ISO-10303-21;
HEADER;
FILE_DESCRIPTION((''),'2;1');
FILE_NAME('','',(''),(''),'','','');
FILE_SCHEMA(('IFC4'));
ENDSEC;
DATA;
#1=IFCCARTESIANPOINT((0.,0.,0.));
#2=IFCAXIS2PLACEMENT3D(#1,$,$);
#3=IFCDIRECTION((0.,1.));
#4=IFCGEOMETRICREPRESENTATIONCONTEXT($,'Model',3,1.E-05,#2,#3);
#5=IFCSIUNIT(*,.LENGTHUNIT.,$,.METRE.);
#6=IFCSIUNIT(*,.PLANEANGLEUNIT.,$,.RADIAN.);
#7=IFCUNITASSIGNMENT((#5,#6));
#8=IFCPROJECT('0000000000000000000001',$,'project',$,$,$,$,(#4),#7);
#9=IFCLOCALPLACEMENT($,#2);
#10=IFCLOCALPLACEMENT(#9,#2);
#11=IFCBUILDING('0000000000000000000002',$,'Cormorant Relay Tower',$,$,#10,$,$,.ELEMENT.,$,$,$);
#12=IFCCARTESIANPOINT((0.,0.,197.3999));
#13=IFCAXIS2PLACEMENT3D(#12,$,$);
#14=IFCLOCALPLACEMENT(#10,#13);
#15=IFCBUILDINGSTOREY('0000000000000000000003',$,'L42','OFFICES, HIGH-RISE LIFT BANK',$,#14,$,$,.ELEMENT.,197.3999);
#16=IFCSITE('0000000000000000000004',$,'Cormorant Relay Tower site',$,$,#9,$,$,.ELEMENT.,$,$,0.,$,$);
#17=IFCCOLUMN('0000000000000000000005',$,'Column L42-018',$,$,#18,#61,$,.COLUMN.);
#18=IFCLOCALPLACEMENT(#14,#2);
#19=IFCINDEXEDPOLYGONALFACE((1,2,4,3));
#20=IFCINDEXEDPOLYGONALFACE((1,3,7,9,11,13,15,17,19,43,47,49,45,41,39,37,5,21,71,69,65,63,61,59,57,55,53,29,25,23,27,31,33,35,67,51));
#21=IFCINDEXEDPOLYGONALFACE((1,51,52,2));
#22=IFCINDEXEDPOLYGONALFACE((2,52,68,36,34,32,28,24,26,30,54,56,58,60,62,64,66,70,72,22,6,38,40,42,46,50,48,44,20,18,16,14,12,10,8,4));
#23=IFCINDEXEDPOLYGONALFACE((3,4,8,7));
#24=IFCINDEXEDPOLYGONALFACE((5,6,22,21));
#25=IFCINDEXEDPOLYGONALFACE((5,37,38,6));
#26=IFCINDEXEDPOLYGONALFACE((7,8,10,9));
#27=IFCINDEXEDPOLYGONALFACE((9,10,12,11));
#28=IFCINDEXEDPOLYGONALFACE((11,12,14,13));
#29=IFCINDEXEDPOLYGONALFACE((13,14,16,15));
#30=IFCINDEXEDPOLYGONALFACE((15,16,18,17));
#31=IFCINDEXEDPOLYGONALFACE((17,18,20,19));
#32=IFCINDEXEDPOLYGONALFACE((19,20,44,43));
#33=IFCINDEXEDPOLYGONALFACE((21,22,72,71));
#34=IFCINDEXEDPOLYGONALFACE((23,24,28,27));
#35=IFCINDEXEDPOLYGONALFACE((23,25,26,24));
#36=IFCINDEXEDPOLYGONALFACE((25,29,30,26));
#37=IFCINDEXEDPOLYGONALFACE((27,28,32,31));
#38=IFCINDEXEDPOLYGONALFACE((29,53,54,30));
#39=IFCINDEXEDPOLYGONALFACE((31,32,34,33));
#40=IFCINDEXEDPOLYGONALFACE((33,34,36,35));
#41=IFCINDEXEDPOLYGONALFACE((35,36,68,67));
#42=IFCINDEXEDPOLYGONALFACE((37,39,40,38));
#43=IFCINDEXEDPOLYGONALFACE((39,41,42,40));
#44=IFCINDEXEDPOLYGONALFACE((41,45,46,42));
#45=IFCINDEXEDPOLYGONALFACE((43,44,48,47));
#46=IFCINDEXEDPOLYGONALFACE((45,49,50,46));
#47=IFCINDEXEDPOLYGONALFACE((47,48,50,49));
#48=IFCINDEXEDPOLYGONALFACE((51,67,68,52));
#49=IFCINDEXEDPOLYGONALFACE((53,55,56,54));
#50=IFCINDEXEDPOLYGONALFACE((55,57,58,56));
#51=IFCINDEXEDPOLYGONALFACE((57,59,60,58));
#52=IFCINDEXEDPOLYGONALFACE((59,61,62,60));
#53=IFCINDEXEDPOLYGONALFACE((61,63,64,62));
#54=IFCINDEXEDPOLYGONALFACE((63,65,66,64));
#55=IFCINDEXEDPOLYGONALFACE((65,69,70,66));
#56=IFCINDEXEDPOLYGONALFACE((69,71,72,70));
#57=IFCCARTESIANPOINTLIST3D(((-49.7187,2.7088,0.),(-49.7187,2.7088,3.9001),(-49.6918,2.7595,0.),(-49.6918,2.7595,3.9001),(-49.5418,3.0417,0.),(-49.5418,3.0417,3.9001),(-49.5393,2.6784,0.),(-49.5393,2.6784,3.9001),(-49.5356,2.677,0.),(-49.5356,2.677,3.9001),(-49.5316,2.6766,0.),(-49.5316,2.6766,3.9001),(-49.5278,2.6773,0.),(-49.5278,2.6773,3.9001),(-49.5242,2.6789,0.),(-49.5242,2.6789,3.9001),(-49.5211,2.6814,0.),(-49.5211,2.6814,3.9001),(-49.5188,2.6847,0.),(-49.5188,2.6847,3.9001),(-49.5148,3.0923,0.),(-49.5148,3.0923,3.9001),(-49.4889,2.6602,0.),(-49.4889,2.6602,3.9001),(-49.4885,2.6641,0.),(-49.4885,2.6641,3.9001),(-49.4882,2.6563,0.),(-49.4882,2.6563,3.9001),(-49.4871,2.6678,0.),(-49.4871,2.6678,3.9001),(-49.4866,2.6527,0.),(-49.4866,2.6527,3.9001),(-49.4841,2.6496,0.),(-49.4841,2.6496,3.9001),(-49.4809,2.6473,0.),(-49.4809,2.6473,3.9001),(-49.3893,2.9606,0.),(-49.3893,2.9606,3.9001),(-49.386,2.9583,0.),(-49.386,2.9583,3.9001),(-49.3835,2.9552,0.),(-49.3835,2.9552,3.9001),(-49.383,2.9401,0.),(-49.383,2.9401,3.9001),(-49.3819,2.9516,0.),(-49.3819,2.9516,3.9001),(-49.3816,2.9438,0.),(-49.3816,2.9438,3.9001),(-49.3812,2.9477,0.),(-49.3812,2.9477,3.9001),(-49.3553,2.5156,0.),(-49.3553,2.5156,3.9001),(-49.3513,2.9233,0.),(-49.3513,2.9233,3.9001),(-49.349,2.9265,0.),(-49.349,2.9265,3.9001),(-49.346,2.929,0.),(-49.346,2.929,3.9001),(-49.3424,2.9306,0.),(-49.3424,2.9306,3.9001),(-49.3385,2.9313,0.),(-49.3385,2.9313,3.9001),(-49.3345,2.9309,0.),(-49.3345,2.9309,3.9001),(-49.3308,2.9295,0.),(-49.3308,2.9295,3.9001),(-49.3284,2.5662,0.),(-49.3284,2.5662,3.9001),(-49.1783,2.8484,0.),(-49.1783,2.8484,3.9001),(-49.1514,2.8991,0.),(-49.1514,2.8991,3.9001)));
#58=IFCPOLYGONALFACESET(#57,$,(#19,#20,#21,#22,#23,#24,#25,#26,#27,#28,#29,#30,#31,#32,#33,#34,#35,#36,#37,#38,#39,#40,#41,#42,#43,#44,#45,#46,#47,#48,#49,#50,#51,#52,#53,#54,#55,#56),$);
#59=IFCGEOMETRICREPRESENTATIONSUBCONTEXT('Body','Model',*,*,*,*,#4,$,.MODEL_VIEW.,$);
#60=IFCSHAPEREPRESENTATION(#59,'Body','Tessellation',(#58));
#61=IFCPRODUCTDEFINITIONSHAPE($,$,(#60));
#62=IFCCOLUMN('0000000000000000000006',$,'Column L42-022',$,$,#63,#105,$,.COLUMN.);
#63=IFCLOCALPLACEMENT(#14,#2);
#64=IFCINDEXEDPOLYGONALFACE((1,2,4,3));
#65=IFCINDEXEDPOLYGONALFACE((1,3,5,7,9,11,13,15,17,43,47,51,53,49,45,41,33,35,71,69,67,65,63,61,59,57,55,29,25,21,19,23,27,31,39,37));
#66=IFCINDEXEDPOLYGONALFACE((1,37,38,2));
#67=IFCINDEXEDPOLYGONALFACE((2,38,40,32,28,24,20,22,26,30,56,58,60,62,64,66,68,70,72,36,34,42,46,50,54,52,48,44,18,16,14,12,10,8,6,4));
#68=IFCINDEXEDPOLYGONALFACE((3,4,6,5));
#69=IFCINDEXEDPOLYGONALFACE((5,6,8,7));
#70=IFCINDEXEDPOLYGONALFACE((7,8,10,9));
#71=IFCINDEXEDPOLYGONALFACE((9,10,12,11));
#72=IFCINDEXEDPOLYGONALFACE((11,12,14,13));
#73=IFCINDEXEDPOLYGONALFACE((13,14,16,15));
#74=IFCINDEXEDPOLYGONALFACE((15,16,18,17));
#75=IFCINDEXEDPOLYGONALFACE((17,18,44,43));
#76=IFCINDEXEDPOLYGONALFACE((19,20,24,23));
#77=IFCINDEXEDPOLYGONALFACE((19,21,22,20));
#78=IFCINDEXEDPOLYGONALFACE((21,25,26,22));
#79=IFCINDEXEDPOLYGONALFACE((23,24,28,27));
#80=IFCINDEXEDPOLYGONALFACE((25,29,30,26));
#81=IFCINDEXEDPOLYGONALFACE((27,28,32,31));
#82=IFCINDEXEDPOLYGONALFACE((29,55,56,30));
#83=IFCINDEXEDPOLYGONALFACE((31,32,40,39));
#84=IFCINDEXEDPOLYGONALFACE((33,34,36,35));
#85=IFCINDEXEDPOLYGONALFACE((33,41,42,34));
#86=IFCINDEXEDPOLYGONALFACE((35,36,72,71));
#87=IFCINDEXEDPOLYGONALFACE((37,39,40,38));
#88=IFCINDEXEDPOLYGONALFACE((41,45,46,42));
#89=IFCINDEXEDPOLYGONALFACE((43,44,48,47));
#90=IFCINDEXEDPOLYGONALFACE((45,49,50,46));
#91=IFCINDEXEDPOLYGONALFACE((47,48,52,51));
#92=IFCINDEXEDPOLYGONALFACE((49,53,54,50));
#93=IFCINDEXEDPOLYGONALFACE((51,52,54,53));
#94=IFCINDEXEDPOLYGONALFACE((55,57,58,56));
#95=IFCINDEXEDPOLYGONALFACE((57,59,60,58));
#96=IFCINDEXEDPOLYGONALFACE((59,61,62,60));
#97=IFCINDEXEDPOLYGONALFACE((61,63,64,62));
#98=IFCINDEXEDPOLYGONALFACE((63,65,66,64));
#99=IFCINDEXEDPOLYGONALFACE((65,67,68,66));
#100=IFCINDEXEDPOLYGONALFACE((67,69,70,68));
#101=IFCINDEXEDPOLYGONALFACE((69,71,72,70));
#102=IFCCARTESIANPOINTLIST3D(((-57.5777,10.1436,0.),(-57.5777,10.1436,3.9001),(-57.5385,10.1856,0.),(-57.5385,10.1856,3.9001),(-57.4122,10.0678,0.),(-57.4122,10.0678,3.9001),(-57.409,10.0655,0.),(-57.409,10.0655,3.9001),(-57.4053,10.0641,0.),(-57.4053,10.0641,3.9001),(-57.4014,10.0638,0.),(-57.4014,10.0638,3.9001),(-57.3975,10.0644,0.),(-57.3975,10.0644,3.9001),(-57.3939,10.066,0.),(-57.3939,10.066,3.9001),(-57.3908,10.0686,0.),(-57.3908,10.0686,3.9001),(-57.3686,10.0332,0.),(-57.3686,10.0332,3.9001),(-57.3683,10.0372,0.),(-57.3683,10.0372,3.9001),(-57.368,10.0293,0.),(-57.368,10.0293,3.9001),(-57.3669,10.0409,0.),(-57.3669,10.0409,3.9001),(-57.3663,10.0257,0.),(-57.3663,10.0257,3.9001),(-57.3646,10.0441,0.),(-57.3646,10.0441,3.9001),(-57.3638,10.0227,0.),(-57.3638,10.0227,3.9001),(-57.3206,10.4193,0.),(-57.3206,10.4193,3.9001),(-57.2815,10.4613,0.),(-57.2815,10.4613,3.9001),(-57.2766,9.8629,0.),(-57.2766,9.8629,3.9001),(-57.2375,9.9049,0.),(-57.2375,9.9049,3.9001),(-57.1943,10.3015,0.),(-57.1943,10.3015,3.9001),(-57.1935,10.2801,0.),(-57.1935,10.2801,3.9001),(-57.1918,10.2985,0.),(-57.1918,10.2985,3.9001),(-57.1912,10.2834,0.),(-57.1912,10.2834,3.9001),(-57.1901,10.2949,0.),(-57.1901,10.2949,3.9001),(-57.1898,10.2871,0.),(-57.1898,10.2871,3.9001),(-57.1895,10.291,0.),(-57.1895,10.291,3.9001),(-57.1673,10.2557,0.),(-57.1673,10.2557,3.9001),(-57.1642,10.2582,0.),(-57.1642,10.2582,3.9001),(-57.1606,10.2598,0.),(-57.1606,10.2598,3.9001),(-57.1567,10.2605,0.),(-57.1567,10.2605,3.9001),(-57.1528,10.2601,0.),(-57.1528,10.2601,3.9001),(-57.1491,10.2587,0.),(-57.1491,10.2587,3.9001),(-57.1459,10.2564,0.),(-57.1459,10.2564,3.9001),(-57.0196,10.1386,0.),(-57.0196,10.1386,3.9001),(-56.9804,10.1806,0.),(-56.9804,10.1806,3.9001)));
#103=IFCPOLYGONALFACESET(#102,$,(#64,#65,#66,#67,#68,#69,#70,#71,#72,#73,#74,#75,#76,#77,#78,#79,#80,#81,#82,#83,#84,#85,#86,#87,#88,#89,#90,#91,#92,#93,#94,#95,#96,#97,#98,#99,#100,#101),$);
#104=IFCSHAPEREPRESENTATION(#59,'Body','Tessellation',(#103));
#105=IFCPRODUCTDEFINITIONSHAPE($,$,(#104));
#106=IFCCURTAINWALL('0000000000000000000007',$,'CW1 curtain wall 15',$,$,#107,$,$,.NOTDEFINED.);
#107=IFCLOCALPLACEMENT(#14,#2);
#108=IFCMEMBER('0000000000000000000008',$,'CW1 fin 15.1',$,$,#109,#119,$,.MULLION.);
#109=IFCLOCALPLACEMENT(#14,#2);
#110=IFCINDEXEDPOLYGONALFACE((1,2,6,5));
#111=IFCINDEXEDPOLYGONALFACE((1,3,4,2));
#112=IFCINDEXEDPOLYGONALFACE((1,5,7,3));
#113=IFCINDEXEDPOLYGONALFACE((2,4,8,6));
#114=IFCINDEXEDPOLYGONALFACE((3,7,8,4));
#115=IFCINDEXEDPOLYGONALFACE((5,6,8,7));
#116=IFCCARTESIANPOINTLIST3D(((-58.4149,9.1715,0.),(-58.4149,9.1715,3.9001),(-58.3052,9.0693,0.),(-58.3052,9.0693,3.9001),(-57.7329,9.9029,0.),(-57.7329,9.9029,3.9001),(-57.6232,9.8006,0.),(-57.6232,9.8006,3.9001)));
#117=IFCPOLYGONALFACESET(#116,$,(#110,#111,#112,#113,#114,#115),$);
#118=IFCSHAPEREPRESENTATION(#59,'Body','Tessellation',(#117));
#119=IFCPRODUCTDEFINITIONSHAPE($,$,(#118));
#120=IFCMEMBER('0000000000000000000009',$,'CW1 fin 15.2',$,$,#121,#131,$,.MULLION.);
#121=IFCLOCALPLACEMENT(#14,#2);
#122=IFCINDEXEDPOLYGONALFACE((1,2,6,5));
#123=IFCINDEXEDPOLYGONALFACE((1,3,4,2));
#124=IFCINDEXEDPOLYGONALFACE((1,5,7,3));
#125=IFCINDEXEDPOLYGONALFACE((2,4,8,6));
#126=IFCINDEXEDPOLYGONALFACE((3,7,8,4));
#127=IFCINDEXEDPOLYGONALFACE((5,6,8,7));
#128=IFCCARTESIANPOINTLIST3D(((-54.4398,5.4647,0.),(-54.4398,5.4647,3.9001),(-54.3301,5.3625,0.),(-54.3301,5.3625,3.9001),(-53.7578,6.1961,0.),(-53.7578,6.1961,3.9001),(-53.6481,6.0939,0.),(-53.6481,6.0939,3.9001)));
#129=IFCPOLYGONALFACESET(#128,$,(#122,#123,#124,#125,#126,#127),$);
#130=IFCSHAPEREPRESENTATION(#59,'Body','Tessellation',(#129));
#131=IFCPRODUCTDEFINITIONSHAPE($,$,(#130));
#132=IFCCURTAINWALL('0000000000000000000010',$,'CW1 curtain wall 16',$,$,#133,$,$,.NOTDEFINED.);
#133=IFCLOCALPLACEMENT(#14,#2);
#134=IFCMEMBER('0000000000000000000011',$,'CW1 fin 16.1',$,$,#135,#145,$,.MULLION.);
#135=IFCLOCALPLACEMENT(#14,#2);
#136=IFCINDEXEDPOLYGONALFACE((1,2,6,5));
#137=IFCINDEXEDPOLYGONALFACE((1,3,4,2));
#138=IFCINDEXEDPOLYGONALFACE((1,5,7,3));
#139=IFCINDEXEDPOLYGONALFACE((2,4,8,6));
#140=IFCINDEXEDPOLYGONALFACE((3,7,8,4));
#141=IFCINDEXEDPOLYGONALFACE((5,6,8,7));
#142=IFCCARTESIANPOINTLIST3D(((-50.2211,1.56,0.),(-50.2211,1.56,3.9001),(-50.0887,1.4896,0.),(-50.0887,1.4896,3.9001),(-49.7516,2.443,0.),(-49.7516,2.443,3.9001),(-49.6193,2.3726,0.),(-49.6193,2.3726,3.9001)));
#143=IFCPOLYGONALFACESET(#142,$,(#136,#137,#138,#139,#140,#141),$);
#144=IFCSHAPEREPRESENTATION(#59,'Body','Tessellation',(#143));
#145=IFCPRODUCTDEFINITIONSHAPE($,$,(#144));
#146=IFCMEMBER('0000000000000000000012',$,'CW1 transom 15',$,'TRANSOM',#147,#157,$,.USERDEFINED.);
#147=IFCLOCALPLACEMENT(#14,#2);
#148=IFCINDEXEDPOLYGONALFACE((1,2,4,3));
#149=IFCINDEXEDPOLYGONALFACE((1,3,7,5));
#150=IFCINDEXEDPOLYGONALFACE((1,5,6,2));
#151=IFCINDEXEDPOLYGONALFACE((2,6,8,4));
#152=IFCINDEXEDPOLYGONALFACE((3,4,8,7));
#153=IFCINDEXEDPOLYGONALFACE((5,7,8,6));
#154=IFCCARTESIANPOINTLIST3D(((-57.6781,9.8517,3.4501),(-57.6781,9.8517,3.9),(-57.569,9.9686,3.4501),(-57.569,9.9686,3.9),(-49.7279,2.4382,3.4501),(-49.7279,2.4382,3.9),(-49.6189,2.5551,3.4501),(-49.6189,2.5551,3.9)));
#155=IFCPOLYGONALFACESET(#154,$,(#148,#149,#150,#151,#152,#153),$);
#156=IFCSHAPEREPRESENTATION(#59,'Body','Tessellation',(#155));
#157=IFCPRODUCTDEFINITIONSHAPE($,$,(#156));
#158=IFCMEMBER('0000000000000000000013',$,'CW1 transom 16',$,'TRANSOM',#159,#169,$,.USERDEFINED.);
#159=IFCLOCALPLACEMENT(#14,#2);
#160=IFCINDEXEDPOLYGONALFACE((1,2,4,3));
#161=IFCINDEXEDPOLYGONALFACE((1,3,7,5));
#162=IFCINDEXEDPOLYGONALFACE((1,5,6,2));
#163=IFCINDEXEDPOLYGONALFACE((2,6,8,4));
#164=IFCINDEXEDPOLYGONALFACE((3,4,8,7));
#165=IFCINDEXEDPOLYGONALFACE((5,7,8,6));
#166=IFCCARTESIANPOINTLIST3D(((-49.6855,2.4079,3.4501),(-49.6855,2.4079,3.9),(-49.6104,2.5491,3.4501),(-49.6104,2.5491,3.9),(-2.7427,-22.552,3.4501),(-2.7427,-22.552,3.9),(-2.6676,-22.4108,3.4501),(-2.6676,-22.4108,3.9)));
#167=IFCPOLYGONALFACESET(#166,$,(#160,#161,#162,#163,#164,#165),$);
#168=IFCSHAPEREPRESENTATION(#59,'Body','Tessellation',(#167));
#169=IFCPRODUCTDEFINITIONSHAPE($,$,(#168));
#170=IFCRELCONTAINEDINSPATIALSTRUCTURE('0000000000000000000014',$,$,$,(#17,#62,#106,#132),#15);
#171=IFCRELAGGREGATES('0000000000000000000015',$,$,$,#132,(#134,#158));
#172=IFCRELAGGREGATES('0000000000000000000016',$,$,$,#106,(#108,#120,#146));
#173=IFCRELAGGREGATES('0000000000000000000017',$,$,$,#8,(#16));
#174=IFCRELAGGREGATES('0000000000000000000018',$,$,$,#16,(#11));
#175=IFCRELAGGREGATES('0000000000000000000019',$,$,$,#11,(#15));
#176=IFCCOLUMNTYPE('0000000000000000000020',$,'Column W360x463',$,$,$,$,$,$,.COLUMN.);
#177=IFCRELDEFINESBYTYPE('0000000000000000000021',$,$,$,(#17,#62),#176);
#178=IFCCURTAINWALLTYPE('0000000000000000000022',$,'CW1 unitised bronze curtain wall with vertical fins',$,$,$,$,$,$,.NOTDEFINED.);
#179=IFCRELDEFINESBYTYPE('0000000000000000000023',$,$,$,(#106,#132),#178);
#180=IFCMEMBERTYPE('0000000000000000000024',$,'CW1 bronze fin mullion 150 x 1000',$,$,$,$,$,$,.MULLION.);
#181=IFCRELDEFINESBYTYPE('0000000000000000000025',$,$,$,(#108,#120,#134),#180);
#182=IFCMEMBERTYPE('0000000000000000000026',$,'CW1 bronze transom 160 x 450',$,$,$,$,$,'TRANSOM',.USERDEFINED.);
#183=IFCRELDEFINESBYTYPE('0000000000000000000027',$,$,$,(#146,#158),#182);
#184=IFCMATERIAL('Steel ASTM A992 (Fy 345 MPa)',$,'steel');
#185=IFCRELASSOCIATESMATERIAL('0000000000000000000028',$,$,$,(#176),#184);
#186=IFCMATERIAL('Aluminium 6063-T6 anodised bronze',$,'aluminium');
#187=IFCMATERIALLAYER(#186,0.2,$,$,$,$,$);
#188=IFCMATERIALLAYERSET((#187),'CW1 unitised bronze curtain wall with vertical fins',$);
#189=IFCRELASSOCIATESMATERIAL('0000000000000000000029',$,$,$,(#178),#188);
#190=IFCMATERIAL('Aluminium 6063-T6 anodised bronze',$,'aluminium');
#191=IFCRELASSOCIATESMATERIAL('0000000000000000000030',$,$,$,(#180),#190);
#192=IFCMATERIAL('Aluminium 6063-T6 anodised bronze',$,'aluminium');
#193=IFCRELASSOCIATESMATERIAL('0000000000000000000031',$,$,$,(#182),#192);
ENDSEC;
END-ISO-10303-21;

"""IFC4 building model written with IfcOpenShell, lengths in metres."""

from ifc_helpers import new_model, si_unit, direction, frame, origin, origin_2d, place, context, subcontext, project, spatial, rectangle, i_section, extrude, material, layer, layer_set, material_profile, profile_set, type_object, element, aggregate, save


model = new_model("IFC4")

# Units and contexts
model_context = context("Model", 3, precision=1e-05, world=origin(), true_north=direction((0.0, 1.0)))
body_context = subcontext(model_context, "Body", "Model", "MODEL_VIEW")
ifc_project = project(units=[si_unit("LENGTHUNIT", "METRE"), si_unit("PLANEANGLEUNIT", "RADIAN")], contexts=[model_context])

# Site, building, storey
site_placement = place(None, origin())
site = spatial("IfcSite", under=ifc_project, at=site_placement, Name="Cormorant Relay Tower site", CompositionType="ELEMENT", RefElevation=0.0)
building_placement = place(site_placement, origin())
building = spatial("IfcBuilding", under=site, at=building_placement, Name="Cormorant Relay Tower", CompositionType="ELEMENT")
storey_placement = place(building_placement, frame((0.0, 0.0, 197.3999)))
storey = spatial("IfcBuildingStorey", under=building, at=storey_placement, Name="L42", Description="OFFICES, HIGH-RISE LIFT BANK", CompositionType="ELEMENT", Elevation=197.3999)

# Columns
ifc_material_1 = material(Name="Steel ASTM A992 (Fy 345 MPa)", Category="steel")
ifc_material_profile_1 = material_profile(ifc_material_1, i_section(OverallWidth=0.4116, OverallDepth=0.4343, WebThickness=0.0359, FlangeThickness=0.0574, FilletRadius=0.0151, at=origin_2d()), Name="W360x463")
ifc_profile_set_1 = profile_set([ifc_material_profile_1], Name="Steel ASTM A992 (Fy 345 MPa)")
column_type = type_object("IfcColumnType", Name="Column W360x463", PredefinedType="COLUMN", material=ifc_profile_set_1)
for number, where, z_axis, x_axis, name in (
    (1, (-49.4351, 2.804, 0.0), (0.0, 0.0, 1.0), (0.882948, -0.469472, 0.0), "Column L42-018"),
    (2, (-57.2791, 10.1621, 0.0), (0.0, 0.0, 1.0), (0.731354, -0.681998, 0.0), "Column L42-022"),
):
    element("IfcColumn", number, at=place(storey_placement, frame(where, z_axis=z_axis, x_axis=x_axis)), inside=storey, type_object=column_type, Name=name, PredefinedType="COLUMN", context=body_context, shape_type="SweptSolid", body=[
        extrude(i_section(OverallWidth=0.4116, OverallDepth=0.4343, WebThickness=0.0359, FlangeThickness=0.0574, FilletRadius=0.0151, at=origin_2d()), origin(), (0.0, 0.0, 1.0), 3.9001),
    ])

# Curtain wall, members
ifc_material_2 = material(Name="Aluminium 6063-T6 anodised bronze", Category="aluminium")
ifc_layer_1 = layer(ifc_material_2, 0.2)
ifc_layer_set_1 = layer_set([ifc_layer_1], Name="CW1 unitised bronze curtain wall with vertical fins")
curtain_wall_type = type_object("IfcCurtainWallType", Name="CW1 unitised bronze curtain wall with vertical fins", PredefinedType="NOTDEFINED", material=ifc_layer_set_1)
curtain_wall_1_placement = place(storey_placement, origin())
curtain_wall_1 = element("IfcCurtainWall", 3, at=curtain_wall_1_placement, inside=storey, type_object=curtain_wall_type, Name="CW1 curtain wall 15", PredefinedType="NOTDEFINED")
ifc_material_3 = material(Name="Aluminium 6063-T6 anodised bronze", Category="aluminium")
ifc_material_profile_2 = material_profile(ifc_material_3, rectangle(XDim=0.1499, YDim=1.0, at=origin_2d()), Name="AL 150x1000")
ifc_profile_set_2 = profile_set([ifc_material_profile_2], Name="Aluminium 6063-T6 anodised bronze")
member_type_1 = type_object("IfcMemberType", Name="CW1 bronze fin mullion 150 x 1000", PredefinedType="MULLION", material=ifc_profile_set_2)
member_1_placement = place(storey_placement, frame((-58.019, 9.4861, 0.0), z_axis=(0.0, 0.0, 1.0), x_axis=(0.731354, -0.681998, 0.0)))
member_1 = element("IfcMember", 4, at=member_1_placement, type_object=member_type_1, Name="CW1 fin 15.1", PredefinedType="MULLION", context=body_context, shape_type="SweptSolid", body=[
    extrude(rectangle(XDim=0.1499, YDim=1.0, at=origin_2d()), origin(), (0.0, 0.0, 1.0), 3.9001),
])
member_2_placement = place(storey_placement, frame((-54.0439, 5.7793, 0.0), z_axis=(0.0, 0.0, 1.0), x_axis=(0.731354, -0.681998, 0.0)))
member_2 = element("IfcMember", 5, at=member_2_placement, type_object=member_type_1, Name="CW1 fin 15.2", PredefinedType="MULLION", context=body_context, shape_type="SweptSolid", body=[
    extrude(rectangle(XDim=0.1499, YDim=1.0, at=origin_2d()), origin(), (0.0, 0.0, 1.0), 3.9001),
])

# Curtain wall, member
curtain_wall_2_placement = place(storey_placement, origin())
curtain_wall_2 = element("IfcCurtainWall", 6, at=curtain_wall_2_placement, inside=storey, type_object=curtain_wall_type, Name="CW1 curtain wall 16", PredefinedType="NOTDEFINED")
member_3_placement = place(storey_placement, frame((-49.9202, 1.9663, 0.0), z_axis=(0.0, 0.0, 1.0), x_axis=(0.882948, -0.469472, 0.0)))
member_3 = element("IfcMember", 7, at=member_3_placement, type_object=member_type_1, Name="CW1 fin 16.1", PredefinedType="MULLION", context=body_context, shape_type="SweptSolid", body=[
    extrude(rectangle(XDim=0.1499, YDim=1.0, at=origin_2d()), origin(), (0.0, 0.0, 1.0), 3.9001),
])

# Members
ifc_material_4 = material(Name="Aluminium 6063-T6 anodised bronze", Category="aluminium")
ifc_material_profile_3 = material_profile(ifc_material_4, rectangle(XDim=0.1599, YDim=0.45, at=origin_2d()), Name="AL 160x450")
ifc_profile_set_3 = profile_set([ifc_material_profile_3], Name="Aluminium 6063-T6 anodised bronze")
member_type_2 = type_object("IfcMemberType", Name="CW1 bronze transom 160 x 450", ElementType="TRANSOM", PredefinedType="USERDEFINED", material=ifc_profile_set_3)
member_4_placement = place(storey_placement, frame((-57.6235, 9.9102, 3.675), z_axis=(0.731358, -0.681993, 0.0), x_axis=(0.681993, 0.731358, 0.0)))
member_4 = element("IfcMember", 8, at=member_4_placement, type_object=member_type_2, Name="CW1 transom 15", ObjectType="TRANSOM", PredefinedType="USERDEFINED", context=body_context, shape_type="SweptSolid", body=[
    extrude(rectangle(XDim=0.1599, YDim=0.45, at=origin_2d()), origin(), (0.0, 0.0, 1.0), 10.8704),
])
member_5_placement = place(storey_placement, frame((-49.6479, 2.4785, 3.675), z_axis=(0.882948, -0.469471, 0.0), x_axis=(0.469471, 0.882948, 0.0)))
member_5 = element("IfcMember", 9, at=member_5_placement, type_object=member_type_2, Name="CW1 transom 16", ObjectType="TRANSOM", PredefinedType="USERDEFINED", context=body_context, shape_type="SweptSolid", body=[
    extrude(rectangle(XDim=0.1599, YDim=0.45, at=origin_2d()), origin(), (0.0, 0.0, 1.0), 53.166),
])
aggregate(curtain_wall_2, [member_3, member_5])

aggregate(curtain_wall_1, [member_1, member_2, member_4])

save(model, "model.ifc")
